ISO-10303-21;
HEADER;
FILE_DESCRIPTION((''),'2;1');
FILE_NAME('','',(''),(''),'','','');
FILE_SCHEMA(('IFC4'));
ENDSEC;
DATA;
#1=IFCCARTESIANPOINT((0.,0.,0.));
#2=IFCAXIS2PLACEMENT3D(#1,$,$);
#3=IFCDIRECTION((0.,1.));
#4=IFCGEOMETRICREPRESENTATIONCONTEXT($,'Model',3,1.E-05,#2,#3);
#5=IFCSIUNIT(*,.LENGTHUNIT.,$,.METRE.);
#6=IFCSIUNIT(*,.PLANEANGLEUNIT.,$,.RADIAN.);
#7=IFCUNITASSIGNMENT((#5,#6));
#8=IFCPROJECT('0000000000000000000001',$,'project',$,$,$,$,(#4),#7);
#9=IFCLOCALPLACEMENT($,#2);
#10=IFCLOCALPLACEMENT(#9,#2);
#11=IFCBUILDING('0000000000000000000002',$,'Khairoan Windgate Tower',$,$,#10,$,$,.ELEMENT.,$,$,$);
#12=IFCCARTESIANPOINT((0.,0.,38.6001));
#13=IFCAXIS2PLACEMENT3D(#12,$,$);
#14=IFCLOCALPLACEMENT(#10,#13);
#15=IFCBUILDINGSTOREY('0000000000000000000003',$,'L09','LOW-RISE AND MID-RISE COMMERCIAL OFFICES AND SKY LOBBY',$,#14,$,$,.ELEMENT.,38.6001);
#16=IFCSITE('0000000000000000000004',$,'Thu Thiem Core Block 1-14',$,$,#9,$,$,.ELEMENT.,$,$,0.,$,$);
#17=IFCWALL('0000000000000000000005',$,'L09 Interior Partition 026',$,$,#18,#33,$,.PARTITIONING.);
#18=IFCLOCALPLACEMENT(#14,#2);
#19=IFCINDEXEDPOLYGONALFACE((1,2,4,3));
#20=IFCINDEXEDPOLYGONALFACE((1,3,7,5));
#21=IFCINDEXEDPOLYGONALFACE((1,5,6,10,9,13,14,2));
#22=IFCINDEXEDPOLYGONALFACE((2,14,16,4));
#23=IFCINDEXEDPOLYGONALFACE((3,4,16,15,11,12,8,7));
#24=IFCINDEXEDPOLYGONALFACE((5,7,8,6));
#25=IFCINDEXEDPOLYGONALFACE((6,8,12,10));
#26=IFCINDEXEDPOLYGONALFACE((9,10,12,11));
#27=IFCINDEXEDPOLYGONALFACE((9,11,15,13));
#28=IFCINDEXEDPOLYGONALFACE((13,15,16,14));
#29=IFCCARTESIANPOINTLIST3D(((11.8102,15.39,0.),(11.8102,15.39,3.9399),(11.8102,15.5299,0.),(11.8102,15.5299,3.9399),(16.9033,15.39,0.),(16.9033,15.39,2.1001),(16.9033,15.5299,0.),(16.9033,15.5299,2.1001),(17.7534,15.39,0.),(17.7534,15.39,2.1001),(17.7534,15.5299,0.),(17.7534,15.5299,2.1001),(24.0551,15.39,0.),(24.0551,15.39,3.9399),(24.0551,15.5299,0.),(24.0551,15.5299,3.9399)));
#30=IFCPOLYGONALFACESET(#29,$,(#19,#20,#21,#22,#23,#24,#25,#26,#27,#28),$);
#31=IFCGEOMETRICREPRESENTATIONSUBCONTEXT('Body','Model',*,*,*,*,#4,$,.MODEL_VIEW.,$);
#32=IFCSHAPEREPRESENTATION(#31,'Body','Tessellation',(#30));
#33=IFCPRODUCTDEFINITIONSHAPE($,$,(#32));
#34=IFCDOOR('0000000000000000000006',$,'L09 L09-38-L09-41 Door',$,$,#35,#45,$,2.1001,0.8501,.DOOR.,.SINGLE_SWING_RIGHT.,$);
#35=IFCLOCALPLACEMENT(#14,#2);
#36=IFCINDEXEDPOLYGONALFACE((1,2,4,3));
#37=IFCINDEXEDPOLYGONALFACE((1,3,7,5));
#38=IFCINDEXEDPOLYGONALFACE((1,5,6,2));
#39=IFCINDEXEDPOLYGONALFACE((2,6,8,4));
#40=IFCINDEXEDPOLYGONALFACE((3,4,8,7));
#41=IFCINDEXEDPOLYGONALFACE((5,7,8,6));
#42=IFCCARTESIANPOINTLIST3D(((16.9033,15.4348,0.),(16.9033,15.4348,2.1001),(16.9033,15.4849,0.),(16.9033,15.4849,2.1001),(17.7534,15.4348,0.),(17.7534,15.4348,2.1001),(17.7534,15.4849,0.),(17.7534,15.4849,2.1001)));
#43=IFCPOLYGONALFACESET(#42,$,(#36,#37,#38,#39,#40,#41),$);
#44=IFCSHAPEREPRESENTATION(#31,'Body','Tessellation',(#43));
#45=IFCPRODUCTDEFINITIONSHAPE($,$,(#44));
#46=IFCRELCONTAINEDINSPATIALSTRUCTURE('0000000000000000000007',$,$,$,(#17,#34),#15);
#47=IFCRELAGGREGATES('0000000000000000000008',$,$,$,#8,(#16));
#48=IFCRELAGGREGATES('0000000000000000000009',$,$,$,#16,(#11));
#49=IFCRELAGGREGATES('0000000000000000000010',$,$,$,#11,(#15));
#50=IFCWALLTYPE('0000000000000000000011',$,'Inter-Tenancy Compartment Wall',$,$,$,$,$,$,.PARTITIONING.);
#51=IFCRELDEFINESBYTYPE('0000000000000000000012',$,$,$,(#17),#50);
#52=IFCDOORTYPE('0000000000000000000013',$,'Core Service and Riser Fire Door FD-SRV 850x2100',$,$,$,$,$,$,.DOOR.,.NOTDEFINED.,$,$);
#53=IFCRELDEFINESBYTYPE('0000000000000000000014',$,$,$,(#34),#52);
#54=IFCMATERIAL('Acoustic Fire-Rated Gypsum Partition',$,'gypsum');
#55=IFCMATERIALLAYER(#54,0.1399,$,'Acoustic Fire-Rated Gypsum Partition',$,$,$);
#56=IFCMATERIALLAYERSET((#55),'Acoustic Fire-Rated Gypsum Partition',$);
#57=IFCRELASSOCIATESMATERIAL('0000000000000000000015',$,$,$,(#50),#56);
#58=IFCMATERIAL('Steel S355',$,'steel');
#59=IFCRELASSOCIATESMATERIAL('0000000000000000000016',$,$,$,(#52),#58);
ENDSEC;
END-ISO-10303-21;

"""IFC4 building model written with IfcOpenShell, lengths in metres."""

from ifc_helpers import new_model, si_unit, direction, frame, frame_2d, origin, place, context, subcontext, project, spatial, rectangle, extrude, material, layer, layer_set, type_object, element, fill, save


model = new_model("IFC4")

# Units and contexts
model_context = context("Model", 3, precision=1e-05, world=origin(), true_north=direction((0.0, 1.0)))
body_context = subcontext(model_context, "Body", "Model", "MODEL_VIEW")
ifc_project = project(units=[si_unit("LENGTHUNIT", "METRE"), si_unit("PLANEANGLEUNIT", "RADIAN")], contexts=[model_context])

# Site, building, storey
site_placement = place(None, origin())
site = spatial("IfcSite", under=ifc_project, at=site_placement, Name="Thu Thiem Core Block 1-14", CompositionType="ELEMENT", RefElevation=0.0)
building_placement = place(site_placement, origin())
building = spatial("IfcBuilding", under=site, at=building_placement, Name="Khairoan Windgate Tower", CompositionType="ELEMENT")
storey_placement = place(building_placement, frame((0.0, 0.0, 38.6001)))
storey = spatial("IfcBuildingStorey", under=building, at=storey_placement, Name="L09", Description="LOW-RISE AND MID-RISE COMMERCIAL OFFICES AND SKY LOBBY", CompositionType="ELEMENT", Elevation=38.6001)

# Wall, opening, door
ifc_material_1 = material(Name="Acoustic Fire-Rated Gypsum Partition", Category="gypsum")
ifc_layer_1 = layer(ifc_material_1, 0.1399, Name="Acoustic Fire-Rated Gypsum Partition")
ifc_layer_set_1 = layer_set([ifc_layer_1], Name="Acoustic Fire-Rated Gypsum Partition")
wall_type = type_object("IfcWallType", Name="Inter-Tenancy Compartment Wall", PredefinedType="PARTITIONING", material=ifc_layer_set_1)
wall_placement = place(storey_placement, frame((11.8101, 15.46, 0.0), z_axis=(0.0, 0.0, 1.0), x_axis=(1.0, 0.0, 0.0)))
wall = element("IfcWall", 1, at=wall_placement, inside=storey, type_object=wall_type, Name="L09 Interior Partition 026", PredefinedType="PARTITIONING", context=body_context, shape_type="SweptSolid", body=[
    extrude(rectangle(XDim=12.2449, YDim=0.1399, at=frame_2d((6.1226, 0.0))), origin(), (0.0, 0.0, 1.0), 3.9399),
])
opening_placement = place(wall_placement, frame((5.0933, 0.0, 0.0)))
opening = element("IfcOpeningElement", 2, at=opening_placement, cuts=wall, PredefinedType="OPENING", context=body_context, shape_type="SweptSolid", body=[
    extrude(rectangle(XDim=0.8501, YDim=2.1001, at=frame_2d((0.425, 1.05))), frame((0.0, 0.0798, 0.0), z_axis=(0.0, -1.0, 0.0), x_axis=(1.0, 0.0, 0.0)), (0.0, 0.0, 1.0), 0.1599),
])
ifc_material_2 = material(Name="Steel S355", Category="steel")
door_type = type_object("IfcDoorType", Name="Core Service and Riser Fire Door FD-SRV 850x2100", OperationType="NOTDEFINED", PredefinedType="DOOR", material=ifc_material_2)
door_placement = place(opening_placement, origin())
door = element("IfcDoor", 3, at=door_placement, inside=storey, type_object=door_type, Name="L09 L09-38-L09-41 Door", OperationType="SINGLE_SWING_RIGHT", OverallHeight=2.1001, OverallWidth=0.8501, PredefinedType="DOOR", context=body_context, shape_type="SweptSolid", body=[
    extrude(rectangle(XDim=0.8501, YDim=2.1001, at=frame_2d((0.425, 1.05))), frame((0.0, 0.0249, 0.0), z_axis=(0.0, -1.0, 0.0), x_axis=(1.0, 0.0, 0.0)), (0.0, 0.0, 1.0), 0.05),
])
fill(opening, door)

save(model, "model.ifc")
